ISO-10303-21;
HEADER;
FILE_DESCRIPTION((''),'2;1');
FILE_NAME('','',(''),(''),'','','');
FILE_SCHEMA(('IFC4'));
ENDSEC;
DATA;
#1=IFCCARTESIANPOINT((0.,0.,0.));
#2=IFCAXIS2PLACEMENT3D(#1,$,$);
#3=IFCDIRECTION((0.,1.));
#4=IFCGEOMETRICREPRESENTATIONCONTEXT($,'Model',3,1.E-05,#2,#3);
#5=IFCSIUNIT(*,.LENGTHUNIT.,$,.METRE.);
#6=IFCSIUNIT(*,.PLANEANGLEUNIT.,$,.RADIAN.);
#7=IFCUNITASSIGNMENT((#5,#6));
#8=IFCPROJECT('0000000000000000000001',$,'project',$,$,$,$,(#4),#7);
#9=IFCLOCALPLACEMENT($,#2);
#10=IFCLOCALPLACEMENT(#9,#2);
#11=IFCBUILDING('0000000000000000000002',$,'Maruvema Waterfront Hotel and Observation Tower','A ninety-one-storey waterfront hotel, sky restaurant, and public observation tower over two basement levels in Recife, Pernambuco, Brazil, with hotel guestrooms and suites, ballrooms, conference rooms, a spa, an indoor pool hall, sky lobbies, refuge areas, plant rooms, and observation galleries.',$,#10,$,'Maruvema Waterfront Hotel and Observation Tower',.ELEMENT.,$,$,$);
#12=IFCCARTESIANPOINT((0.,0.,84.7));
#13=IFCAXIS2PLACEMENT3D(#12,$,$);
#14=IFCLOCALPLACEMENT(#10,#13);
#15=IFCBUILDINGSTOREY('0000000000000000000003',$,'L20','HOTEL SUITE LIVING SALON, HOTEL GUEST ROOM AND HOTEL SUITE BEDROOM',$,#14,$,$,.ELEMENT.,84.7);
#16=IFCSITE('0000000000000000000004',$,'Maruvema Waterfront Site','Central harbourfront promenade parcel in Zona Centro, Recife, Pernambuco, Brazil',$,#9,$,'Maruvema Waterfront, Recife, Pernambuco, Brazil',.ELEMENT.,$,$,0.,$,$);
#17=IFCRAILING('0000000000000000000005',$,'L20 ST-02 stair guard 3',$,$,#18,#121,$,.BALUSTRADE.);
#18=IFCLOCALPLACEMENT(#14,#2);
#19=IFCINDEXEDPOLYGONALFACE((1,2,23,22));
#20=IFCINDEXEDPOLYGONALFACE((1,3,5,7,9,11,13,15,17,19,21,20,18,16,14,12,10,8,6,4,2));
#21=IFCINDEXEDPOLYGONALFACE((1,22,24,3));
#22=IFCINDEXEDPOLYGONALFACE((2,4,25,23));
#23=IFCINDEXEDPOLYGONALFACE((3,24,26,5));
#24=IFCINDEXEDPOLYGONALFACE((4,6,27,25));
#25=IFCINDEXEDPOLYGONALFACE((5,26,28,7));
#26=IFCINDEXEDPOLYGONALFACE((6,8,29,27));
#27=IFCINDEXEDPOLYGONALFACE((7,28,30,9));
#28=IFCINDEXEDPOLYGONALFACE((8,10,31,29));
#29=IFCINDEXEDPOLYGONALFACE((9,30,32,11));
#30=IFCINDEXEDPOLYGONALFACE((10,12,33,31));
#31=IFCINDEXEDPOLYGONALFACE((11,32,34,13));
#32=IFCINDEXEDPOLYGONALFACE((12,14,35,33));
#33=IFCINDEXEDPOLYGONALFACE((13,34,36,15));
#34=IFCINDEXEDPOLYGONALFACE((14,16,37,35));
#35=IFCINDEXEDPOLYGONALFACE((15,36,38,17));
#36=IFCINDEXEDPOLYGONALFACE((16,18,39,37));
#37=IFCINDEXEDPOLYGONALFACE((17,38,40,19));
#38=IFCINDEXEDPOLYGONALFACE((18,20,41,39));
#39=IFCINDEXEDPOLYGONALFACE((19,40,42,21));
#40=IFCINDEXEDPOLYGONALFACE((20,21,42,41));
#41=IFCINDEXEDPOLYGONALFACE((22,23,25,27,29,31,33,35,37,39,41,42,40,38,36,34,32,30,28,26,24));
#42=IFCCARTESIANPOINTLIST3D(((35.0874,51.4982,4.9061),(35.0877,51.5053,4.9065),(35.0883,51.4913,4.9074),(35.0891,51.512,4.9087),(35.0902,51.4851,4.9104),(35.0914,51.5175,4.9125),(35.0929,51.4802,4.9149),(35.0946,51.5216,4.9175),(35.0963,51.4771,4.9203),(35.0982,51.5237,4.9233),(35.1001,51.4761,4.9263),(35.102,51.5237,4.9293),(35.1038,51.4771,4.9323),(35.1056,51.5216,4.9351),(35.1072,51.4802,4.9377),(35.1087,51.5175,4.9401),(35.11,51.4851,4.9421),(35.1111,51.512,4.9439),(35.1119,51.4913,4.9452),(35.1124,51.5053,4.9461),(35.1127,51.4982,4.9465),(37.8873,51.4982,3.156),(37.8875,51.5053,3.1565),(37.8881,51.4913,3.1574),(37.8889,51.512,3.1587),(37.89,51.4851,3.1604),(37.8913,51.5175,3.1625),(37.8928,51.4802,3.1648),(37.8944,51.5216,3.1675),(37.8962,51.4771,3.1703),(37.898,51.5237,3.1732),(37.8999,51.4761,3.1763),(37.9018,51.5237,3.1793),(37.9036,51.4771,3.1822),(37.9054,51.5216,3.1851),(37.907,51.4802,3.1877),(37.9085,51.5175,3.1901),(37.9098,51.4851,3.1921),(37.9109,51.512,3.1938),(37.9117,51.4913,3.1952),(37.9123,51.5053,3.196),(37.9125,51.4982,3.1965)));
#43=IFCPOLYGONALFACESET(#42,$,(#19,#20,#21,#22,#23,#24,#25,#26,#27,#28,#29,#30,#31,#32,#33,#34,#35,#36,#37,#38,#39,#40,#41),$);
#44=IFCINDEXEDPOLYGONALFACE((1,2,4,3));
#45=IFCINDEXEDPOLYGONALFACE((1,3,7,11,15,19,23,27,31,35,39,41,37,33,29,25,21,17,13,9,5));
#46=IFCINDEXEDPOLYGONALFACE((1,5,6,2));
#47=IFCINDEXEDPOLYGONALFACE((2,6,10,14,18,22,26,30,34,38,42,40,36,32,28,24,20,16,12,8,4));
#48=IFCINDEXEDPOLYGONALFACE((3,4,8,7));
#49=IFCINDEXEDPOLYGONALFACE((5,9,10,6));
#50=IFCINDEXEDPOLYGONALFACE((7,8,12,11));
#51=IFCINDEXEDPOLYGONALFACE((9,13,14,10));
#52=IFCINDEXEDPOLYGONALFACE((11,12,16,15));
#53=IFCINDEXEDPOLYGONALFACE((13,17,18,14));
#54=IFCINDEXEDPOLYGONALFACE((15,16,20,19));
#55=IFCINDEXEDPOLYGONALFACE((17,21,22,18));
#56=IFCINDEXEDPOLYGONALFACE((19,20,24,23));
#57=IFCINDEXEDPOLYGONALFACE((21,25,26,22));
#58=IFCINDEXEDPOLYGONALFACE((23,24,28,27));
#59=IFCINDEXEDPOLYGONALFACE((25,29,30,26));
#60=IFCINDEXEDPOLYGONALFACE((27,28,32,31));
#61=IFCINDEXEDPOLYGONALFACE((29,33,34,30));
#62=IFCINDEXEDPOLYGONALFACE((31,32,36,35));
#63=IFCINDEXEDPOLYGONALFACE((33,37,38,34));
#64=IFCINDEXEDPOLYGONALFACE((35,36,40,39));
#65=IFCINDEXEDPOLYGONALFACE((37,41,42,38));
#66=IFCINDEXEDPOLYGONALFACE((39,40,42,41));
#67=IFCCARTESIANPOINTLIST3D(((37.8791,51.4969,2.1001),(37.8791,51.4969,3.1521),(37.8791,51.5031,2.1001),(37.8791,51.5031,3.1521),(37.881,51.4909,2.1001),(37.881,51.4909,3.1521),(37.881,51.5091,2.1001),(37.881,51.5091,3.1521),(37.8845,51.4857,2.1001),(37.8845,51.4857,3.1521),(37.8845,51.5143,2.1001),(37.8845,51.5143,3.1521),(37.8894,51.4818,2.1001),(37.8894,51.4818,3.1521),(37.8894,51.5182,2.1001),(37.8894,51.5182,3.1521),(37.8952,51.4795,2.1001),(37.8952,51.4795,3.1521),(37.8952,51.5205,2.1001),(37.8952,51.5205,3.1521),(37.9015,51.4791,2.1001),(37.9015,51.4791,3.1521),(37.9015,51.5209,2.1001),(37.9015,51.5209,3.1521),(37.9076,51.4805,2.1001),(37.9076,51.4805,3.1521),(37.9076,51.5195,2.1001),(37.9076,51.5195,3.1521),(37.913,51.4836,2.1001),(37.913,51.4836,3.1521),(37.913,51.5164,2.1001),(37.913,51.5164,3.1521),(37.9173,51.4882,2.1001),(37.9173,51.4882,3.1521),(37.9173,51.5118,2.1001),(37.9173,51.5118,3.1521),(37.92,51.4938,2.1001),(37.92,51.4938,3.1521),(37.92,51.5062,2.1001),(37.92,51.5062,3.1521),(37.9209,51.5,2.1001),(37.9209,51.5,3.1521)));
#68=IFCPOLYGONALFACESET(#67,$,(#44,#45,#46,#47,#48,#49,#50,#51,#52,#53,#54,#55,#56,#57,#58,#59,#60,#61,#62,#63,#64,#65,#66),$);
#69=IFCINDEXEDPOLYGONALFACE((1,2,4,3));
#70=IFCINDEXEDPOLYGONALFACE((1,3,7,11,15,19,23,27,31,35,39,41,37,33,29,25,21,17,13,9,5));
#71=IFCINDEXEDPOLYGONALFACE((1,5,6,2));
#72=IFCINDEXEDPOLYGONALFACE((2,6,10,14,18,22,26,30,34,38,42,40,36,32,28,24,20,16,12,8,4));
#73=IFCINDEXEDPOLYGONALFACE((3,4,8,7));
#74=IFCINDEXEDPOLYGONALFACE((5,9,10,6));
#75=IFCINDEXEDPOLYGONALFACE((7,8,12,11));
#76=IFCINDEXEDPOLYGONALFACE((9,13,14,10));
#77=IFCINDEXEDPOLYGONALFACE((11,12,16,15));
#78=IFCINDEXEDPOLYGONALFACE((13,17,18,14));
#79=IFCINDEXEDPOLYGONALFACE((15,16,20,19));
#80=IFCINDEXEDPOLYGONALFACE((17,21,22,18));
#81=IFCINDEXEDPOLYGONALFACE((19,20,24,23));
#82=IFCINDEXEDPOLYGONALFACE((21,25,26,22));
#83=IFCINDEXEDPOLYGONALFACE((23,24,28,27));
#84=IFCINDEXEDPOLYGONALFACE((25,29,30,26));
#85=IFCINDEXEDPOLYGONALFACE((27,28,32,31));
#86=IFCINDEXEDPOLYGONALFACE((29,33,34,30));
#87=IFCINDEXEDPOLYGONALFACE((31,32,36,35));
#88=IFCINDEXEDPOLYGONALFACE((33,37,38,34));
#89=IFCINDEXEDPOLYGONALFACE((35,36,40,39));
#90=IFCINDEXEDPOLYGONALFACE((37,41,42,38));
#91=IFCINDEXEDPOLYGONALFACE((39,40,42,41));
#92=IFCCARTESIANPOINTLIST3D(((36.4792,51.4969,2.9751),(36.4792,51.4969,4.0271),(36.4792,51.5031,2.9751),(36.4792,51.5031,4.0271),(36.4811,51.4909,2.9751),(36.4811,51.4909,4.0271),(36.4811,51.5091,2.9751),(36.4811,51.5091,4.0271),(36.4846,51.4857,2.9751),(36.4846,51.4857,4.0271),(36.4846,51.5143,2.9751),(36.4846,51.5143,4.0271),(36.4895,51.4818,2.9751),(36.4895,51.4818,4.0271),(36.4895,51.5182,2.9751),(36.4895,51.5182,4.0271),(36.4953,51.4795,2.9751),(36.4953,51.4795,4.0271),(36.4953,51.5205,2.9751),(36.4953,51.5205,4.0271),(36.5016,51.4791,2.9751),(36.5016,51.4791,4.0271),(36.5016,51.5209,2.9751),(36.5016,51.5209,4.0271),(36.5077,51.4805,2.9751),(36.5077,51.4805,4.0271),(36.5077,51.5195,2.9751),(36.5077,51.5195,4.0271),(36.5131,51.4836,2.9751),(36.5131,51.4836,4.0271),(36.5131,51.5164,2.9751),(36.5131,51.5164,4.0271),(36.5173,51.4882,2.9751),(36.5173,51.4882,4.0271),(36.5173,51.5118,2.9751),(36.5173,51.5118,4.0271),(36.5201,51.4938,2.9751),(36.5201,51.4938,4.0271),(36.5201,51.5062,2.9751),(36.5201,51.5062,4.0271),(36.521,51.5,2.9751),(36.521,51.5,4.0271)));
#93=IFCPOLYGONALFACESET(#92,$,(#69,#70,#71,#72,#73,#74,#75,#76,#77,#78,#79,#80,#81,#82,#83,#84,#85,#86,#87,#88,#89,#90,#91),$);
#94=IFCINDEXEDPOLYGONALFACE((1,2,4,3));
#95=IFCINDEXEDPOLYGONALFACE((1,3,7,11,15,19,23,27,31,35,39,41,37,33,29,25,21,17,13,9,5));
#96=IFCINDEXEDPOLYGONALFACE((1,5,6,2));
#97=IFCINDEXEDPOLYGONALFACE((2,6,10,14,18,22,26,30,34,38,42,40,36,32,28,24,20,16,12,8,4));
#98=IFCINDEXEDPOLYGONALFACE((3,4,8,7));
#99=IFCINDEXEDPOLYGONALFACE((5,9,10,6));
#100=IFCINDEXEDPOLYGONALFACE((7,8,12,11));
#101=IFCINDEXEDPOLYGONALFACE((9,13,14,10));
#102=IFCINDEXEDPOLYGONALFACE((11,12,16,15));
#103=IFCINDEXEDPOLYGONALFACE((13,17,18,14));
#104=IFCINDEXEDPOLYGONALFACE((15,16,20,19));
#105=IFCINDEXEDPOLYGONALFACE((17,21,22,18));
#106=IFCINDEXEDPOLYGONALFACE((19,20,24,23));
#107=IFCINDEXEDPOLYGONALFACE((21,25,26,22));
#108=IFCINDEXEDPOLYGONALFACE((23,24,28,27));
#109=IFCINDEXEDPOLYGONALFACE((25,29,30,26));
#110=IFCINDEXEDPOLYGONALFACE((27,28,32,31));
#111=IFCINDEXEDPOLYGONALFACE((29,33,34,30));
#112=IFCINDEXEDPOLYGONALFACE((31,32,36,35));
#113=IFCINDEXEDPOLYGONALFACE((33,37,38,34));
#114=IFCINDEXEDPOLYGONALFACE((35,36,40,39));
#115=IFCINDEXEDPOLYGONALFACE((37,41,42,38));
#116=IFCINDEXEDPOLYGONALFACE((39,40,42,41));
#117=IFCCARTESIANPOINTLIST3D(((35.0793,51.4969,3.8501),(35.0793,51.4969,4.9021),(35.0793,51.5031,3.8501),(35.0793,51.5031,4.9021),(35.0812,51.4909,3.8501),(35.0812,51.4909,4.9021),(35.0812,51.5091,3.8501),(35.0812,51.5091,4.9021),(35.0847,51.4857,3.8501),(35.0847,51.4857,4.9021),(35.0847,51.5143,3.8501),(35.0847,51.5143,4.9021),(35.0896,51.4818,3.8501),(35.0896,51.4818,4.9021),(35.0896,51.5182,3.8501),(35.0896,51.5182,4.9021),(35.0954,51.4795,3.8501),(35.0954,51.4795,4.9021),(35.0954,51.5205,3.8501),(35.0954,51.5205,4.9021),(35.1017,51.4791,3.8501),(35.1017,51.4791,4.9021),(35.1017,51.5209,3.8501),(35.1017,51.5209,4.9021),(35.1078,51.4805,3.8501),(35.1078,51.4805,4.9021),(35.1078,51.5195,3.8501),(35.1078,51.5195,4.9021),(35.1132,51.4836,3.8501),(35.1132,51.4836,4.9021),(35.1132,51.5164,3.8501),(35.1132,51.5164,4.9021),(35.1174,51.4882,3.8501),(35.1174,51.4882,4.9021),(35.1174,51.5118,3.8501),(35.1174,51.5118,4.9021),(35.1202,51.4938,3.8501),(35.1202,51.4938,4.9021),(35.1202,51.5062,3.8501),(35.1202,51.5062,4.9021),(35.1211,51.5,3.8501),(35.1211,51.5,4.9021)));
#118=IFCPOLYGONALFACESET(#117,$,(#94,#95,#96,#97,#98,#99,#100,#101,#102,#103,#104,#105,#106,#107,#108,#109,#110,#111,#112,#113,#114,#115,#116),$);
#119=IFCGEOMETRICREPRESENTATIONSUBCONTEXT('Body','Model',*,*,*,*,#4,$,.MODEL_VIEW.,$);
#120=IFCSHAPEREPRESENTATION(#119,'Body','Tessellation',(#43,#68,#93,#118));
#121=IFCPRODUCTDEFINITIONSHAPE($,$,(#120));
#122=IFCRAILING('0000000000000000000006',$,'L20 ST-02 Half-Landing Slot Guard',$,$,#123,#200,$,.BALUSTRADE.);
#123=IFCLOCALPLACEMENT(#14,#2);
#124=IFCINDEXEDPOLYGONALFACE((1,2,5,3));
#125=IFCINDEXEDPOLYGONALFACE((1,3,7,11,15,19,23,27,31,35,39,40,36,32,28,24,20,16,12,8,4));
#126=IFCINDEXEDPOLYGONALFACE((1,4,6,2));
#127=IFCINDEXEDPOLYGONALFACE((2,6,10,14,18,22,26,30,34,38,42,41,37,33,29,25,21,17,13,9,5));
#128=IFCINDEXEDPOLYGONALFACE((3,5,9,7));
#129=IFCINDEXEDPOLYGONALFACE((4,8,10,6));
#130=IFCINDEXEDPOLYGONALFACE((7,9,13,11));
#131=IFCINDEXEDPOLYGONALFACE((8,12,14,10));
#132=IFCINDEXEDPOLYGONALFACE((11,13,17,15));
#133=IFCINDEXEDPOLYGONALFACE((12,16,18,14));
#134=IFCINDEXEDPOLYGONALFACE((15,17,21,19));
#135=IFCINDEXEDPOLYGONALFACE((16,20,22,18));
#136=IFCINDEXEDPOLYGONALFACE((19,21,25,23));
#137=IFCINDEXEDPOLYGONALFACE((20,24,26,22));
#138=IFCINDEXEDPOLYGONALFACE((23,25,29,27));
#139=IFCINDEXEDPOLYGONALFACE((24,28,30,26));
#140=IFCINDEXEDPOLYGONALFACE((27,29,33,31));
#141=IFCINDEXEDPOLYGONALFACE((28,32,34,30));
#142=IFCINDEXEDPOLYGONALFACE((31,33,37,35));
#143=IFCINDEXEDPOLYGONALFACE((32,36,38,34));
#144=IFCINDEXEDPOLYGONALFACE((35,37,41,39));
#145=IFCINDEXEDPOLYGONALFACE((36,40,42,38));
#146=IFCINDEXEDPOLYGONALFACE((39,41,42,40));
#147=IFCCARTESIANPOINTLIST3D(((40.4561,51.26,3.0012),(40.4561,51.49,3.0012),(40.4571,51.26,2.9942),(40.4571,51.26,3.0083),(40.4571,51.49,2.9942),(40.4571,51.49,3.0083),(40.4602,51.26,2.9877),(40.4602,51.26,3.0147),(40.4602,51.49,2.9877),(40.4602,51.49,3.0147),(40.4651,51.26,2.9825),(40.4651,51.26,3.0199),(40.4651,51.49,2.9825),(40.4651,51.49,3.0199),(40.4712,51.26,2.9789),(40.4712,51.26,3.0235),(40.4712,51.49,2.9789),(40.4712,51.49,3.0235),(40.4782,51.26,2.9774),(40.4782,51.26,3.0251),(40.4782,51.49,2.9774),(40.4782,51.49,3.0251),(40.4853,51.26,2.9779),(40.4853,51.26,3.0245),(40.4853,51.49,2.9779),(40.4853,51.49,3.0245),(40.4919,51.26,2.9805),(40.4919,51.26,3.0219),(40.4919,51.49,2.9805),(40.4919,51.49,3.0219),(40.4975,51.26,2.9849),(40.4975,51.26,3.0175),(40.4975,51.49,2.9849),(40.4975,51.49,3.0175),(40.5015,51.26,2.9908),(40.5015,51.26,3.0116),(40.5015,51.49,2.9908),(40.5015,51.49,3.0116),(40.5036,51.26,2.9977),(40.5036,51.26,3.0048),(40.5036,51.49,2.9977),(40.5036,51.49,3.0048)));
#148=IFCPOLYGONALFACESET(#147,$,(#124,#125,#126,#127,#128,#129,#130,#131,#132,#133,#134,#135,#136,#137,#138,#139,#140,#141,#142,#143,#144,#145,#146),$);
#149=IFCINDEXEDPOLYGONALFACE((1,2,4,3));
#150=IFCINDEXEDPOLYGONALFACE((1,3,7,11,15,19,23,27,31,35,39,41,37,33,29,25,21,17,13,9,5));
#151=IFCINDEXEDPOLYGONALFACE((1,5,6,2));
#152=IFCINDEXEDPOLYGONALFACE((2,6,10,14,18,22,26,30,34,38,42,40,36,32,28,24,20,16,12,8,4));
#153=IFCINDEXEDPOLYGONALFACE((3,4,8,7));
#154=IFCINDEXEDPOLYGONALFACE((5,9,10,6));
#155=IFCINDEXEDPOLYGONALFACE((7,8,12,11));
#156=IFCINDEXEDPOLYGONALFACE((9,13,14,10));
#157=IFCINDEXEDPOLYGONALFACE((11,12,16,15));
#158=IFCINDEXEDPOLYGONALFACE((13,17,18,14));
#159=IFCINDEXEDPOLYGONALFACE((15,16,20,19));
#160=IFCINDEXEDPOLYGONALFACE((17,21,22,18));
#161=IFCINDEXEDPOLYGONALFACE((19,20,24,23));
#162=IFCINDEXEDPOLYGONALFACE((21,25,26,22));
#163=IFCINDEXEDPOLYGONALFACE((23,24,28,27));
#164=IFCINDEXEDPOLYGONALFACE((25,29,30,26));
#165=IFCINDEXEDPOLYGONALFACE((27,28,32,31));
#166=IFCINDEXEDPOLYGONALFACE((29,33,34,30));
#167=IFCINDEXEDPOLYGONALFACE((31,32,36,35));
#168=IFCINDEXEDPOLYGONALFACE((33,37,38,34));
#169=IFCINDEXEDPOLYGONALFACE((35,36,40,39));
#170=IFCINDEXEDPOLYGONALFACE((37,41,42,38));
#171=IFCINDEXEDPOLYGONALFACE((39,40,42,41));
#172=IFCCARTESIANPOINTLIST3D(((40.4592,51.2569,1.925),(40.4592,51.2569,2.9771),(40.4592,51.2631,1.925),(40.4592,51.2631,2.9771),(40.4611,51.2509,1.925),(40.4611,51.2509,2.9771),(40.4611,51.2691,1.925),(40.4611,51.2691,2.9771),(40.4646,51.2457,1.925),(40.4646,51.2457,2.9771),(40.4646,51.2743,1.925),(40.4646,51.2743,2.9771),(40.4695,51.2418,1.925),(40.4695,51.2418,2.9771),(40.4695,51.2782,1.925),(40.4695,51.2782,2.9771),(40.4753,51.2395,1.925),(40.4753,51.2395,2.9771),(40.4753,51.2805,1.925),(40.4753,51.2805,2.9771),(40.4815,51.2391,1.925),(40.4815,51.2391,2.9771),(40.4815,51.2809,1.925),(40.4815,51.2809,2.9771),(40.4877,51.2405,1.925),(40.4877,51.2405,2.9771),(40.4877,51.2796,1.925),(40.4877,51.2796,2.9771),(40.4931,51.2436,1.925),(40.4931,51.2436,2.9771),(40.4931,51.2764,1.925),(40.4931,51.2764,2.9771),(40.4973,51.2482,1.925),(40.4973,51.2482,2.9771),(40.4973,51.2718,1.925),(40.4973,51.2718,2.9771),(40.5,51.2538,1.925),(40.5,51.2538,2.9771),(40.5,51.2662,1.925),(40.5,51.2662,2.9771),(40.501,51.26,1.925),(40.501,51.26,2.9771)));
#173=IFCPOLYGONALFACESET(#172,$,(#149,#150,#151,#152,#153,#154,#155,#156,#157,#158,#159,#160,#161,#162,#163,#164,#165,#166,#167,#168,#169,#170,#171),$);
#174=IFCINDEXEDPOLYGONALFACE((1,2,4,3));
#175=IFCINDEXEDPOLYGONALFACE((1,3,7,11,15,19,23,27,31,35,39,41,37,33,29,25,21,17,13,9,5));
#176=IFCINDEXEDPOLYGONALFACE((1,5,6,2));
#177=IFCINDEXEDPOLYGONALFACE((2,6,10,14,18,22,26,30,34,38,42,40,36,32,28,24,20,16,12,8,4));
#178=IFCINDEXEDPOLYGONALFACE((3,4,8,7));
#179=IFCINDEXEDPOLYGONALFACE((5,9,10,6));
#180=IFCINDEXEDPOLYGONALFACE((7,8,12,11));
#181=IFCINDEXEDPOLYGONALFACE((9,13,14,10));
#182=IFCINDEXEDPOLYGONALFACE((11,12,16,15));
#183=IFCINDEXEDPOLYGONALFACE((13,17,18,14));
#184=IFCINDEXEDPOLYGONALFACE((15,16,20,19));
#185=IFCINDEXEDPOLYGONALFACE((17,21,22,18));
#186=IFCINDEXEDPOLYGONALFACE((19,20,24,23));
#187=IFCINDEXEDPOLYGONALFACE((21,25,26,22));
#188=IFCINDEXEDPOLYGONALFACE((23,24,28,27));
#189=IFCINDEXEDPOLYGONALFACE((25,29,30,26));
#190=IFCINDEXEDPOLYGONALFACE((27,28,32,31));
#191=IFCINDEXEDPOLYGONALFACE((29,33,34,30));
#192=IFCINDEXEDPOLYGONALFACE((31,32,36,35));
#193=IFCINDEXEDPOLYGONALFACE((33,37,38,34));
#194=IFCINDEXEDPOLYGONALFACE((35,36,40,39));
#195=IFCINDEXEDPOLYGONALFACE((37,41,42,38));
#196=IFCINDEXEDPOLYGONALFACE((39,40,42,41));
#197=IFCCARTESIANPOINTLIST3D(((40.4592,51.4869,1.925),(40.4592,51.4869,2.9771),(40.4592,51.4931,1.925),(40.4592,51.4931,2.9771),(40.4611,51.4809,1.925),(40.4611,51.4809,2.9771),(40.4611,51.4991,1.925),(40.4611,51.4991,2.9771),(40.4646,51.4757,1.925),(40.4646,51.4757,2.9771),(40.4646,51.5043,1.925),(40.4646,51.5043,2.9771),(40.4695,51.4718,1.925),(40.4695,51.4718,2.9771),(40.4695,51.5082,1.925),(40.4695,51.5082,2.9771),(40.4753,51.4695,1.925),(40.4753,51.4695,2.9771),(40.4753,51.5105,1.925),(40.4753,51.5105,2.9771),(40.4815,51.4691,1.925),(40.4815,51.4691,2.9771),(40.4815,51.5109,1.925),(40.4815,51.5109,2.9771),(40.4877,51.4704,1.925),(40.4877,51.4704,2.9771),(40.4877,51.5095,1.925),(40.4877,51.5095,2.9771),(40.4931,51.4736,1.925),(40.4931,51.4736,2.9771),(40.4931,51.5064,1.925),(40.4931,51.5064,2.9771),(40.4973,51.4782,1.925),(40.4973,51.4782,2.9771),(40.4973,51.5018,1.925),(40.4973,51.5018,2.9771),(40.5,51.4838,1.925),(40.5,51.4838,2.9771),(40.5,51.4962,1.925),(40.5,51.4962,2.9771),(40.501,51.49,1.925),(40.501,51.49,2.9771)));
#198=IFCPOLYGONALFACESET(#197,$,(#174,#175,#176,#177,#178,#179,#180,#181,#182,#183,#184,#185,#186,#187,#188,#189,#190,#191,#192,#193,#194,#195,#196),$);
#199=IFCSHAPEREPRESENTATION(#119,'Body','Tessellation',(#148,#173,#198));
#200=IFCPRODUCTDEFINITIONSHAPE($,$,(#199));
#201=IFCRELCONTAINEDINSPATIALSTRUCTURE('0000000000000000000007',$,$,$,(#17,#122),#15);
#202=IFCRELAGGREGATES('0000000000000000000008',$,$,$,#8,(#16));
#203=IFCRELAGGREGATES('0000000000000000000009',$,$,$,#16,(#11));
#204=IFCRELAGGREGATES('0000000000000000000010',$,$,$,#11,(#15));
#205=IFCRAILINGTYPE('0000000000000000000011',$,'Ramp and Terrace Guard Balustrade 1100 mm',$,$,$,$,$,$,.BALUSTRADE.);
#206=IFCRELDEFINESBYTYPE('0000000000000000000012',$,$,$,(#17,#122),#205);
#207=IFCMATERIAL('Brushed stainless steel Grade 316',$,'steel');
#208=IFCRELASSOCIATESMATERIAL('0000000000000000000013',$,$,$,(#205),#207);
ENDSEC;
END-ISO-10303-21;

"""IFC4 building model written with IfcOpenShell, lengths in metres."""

from ifc_helpers import new_model, si_unit, direction, frame, origin, origin_2d, place, context, subcontext, project, spatial, circle, extrude, material, type_object, element, save


model = new_model("IFC4")

# Units and contexts
model_context = context("Model", 3, precision=1e-05, world=origin(), true_north=direction((0.0, 1.0)))
body_context = subcontext(model_context, "Body", "Model", "MODEL_VIEW")
ifc_project = project(units=[si_unit("LENGTHUNIT", "METRE"), si_unit("PLANEANGLEUNIT", "RADIAN")], contexts=[model_context])

# Site, building, storey
site_placement = place(None, origin())
site = spatial("IfcSite", under=ifc_project, at=site_placement, Name="Maruvema Waterfront Site", Description="Central harbourfront promenade parcel in Zona Centro, Recife, Pernambuco, Brazil", LongName="Maruvema Waterfront, Recife, Pernambuco, Brazil", CompositionType="ELEMENT", RefElevation=0.0)
building_placement = place(site_placement, origin())
building = spatial("IfcBuilding", under=site, at=building_placement, Name="Maruvema Waterfront Hotel and Observation Tower", Description="A ninety-one-storey waterfront hotel, sky restaurant, and public observation tower over two basement levels in Recife, Pernambuco, Brazil, with hotel guestrooms and suites, ballrooms, conference rooms, a spa, an indoor pool hall, sky lobbies, refuge areas, plant rooms, and observation galleries.", LongName="Maruvema Waterfront Hotel and Observation Tower", CompositionType="ELEMENT")
storey_placement = place(building_placement, frame((0.0, 0.0, 84.7)))
storey = spatial("IfcBuildingStorey", under=building, at=storey_placement, Name="L20", Description="HOTEL SUITE LIVING SALON, HOTEL GUEST ROOM AND HOTEL SUITE BEDROOM", CompositionType="ELEMENT", Elevation=84.7)

# Railings
ifc_material_1 = material(Name="Brushed stainless steel Grade 316", Category="steel")
railing_type_1 = type_object("IfcRailingType", Name="Ramp and Terrace Guard Balustrade 1100 mm", PredefinedType="BALUSTRADE", material=ifc_material_1)
railing_1_placement = place(storey_placement, frame((37.8999, 51.5, 2.1001)))
element("IfcRailing", 1, at=railing_1_placement, inside=storey, type_object=railing_type_1, Name="L20 ST-02 stair guard 3", PredefinedType="BALUSTRADE", context=body_context, shape_type="SweptSolid", body=[
    extrude(circle(Radius=0.0239, at=origin_2d()), frame((0.0, 0.0, 1.0762), z_axis=(-0.847982, 0.0, 0.530026), x_axis=(0.0, -1.0, 0.0)), (0.0, 0.0, 1.0), 3.3018),
    extrude(circle(Radius=0.021, at=origin_2d()), origin(), (0.0, 0.0, 1.0), 1.052),
    extrude(circle(Radius=0.021, at=origin_2d()), frame((-1.3999, 0.0, 0.875)), (0.0, 0.0, 1.0), 1.052),
    extrude(circle(Radius=0.021, at=origin_2d()), frame((-2.7998, 0.0, 1.75)), (0.0, 0.0, 1.0), 1.052),
])
railing_2_placement = place(storey_placement, frame((40.48, 51.26, 1.925)))
element("IfcRailing", 2, at=railing_2_placement, inside=storey, type_object=railing_type_1, Name="L20 ST-02 Half-Landing Slot Guard", PredefinedType="BALUSTRADE", context=body_context, shape_type="SweptSolid", body=[
    extrude(circle(Radius=0.0239, at=origin_2d()), frame((0.0, 0.0, 1.0762), z_axis=(0.0, 1.0, 0.0), x_axis=(-1.0, 0.0, 0.0)), (0.0, 0.0, 1.0), 0.23),
    extrude(circle(Radius=0.021, at=origin_2d()), origin(), (0.0, 0.0, 1.0), 1.052),
    extrude(circle(Radius=0.021, at=origin_2d()), frame((0.0, 0.23, 0.0)), (0.0, 0.0, 1.0), 1.052),
])

save(model, "model.ifc")
